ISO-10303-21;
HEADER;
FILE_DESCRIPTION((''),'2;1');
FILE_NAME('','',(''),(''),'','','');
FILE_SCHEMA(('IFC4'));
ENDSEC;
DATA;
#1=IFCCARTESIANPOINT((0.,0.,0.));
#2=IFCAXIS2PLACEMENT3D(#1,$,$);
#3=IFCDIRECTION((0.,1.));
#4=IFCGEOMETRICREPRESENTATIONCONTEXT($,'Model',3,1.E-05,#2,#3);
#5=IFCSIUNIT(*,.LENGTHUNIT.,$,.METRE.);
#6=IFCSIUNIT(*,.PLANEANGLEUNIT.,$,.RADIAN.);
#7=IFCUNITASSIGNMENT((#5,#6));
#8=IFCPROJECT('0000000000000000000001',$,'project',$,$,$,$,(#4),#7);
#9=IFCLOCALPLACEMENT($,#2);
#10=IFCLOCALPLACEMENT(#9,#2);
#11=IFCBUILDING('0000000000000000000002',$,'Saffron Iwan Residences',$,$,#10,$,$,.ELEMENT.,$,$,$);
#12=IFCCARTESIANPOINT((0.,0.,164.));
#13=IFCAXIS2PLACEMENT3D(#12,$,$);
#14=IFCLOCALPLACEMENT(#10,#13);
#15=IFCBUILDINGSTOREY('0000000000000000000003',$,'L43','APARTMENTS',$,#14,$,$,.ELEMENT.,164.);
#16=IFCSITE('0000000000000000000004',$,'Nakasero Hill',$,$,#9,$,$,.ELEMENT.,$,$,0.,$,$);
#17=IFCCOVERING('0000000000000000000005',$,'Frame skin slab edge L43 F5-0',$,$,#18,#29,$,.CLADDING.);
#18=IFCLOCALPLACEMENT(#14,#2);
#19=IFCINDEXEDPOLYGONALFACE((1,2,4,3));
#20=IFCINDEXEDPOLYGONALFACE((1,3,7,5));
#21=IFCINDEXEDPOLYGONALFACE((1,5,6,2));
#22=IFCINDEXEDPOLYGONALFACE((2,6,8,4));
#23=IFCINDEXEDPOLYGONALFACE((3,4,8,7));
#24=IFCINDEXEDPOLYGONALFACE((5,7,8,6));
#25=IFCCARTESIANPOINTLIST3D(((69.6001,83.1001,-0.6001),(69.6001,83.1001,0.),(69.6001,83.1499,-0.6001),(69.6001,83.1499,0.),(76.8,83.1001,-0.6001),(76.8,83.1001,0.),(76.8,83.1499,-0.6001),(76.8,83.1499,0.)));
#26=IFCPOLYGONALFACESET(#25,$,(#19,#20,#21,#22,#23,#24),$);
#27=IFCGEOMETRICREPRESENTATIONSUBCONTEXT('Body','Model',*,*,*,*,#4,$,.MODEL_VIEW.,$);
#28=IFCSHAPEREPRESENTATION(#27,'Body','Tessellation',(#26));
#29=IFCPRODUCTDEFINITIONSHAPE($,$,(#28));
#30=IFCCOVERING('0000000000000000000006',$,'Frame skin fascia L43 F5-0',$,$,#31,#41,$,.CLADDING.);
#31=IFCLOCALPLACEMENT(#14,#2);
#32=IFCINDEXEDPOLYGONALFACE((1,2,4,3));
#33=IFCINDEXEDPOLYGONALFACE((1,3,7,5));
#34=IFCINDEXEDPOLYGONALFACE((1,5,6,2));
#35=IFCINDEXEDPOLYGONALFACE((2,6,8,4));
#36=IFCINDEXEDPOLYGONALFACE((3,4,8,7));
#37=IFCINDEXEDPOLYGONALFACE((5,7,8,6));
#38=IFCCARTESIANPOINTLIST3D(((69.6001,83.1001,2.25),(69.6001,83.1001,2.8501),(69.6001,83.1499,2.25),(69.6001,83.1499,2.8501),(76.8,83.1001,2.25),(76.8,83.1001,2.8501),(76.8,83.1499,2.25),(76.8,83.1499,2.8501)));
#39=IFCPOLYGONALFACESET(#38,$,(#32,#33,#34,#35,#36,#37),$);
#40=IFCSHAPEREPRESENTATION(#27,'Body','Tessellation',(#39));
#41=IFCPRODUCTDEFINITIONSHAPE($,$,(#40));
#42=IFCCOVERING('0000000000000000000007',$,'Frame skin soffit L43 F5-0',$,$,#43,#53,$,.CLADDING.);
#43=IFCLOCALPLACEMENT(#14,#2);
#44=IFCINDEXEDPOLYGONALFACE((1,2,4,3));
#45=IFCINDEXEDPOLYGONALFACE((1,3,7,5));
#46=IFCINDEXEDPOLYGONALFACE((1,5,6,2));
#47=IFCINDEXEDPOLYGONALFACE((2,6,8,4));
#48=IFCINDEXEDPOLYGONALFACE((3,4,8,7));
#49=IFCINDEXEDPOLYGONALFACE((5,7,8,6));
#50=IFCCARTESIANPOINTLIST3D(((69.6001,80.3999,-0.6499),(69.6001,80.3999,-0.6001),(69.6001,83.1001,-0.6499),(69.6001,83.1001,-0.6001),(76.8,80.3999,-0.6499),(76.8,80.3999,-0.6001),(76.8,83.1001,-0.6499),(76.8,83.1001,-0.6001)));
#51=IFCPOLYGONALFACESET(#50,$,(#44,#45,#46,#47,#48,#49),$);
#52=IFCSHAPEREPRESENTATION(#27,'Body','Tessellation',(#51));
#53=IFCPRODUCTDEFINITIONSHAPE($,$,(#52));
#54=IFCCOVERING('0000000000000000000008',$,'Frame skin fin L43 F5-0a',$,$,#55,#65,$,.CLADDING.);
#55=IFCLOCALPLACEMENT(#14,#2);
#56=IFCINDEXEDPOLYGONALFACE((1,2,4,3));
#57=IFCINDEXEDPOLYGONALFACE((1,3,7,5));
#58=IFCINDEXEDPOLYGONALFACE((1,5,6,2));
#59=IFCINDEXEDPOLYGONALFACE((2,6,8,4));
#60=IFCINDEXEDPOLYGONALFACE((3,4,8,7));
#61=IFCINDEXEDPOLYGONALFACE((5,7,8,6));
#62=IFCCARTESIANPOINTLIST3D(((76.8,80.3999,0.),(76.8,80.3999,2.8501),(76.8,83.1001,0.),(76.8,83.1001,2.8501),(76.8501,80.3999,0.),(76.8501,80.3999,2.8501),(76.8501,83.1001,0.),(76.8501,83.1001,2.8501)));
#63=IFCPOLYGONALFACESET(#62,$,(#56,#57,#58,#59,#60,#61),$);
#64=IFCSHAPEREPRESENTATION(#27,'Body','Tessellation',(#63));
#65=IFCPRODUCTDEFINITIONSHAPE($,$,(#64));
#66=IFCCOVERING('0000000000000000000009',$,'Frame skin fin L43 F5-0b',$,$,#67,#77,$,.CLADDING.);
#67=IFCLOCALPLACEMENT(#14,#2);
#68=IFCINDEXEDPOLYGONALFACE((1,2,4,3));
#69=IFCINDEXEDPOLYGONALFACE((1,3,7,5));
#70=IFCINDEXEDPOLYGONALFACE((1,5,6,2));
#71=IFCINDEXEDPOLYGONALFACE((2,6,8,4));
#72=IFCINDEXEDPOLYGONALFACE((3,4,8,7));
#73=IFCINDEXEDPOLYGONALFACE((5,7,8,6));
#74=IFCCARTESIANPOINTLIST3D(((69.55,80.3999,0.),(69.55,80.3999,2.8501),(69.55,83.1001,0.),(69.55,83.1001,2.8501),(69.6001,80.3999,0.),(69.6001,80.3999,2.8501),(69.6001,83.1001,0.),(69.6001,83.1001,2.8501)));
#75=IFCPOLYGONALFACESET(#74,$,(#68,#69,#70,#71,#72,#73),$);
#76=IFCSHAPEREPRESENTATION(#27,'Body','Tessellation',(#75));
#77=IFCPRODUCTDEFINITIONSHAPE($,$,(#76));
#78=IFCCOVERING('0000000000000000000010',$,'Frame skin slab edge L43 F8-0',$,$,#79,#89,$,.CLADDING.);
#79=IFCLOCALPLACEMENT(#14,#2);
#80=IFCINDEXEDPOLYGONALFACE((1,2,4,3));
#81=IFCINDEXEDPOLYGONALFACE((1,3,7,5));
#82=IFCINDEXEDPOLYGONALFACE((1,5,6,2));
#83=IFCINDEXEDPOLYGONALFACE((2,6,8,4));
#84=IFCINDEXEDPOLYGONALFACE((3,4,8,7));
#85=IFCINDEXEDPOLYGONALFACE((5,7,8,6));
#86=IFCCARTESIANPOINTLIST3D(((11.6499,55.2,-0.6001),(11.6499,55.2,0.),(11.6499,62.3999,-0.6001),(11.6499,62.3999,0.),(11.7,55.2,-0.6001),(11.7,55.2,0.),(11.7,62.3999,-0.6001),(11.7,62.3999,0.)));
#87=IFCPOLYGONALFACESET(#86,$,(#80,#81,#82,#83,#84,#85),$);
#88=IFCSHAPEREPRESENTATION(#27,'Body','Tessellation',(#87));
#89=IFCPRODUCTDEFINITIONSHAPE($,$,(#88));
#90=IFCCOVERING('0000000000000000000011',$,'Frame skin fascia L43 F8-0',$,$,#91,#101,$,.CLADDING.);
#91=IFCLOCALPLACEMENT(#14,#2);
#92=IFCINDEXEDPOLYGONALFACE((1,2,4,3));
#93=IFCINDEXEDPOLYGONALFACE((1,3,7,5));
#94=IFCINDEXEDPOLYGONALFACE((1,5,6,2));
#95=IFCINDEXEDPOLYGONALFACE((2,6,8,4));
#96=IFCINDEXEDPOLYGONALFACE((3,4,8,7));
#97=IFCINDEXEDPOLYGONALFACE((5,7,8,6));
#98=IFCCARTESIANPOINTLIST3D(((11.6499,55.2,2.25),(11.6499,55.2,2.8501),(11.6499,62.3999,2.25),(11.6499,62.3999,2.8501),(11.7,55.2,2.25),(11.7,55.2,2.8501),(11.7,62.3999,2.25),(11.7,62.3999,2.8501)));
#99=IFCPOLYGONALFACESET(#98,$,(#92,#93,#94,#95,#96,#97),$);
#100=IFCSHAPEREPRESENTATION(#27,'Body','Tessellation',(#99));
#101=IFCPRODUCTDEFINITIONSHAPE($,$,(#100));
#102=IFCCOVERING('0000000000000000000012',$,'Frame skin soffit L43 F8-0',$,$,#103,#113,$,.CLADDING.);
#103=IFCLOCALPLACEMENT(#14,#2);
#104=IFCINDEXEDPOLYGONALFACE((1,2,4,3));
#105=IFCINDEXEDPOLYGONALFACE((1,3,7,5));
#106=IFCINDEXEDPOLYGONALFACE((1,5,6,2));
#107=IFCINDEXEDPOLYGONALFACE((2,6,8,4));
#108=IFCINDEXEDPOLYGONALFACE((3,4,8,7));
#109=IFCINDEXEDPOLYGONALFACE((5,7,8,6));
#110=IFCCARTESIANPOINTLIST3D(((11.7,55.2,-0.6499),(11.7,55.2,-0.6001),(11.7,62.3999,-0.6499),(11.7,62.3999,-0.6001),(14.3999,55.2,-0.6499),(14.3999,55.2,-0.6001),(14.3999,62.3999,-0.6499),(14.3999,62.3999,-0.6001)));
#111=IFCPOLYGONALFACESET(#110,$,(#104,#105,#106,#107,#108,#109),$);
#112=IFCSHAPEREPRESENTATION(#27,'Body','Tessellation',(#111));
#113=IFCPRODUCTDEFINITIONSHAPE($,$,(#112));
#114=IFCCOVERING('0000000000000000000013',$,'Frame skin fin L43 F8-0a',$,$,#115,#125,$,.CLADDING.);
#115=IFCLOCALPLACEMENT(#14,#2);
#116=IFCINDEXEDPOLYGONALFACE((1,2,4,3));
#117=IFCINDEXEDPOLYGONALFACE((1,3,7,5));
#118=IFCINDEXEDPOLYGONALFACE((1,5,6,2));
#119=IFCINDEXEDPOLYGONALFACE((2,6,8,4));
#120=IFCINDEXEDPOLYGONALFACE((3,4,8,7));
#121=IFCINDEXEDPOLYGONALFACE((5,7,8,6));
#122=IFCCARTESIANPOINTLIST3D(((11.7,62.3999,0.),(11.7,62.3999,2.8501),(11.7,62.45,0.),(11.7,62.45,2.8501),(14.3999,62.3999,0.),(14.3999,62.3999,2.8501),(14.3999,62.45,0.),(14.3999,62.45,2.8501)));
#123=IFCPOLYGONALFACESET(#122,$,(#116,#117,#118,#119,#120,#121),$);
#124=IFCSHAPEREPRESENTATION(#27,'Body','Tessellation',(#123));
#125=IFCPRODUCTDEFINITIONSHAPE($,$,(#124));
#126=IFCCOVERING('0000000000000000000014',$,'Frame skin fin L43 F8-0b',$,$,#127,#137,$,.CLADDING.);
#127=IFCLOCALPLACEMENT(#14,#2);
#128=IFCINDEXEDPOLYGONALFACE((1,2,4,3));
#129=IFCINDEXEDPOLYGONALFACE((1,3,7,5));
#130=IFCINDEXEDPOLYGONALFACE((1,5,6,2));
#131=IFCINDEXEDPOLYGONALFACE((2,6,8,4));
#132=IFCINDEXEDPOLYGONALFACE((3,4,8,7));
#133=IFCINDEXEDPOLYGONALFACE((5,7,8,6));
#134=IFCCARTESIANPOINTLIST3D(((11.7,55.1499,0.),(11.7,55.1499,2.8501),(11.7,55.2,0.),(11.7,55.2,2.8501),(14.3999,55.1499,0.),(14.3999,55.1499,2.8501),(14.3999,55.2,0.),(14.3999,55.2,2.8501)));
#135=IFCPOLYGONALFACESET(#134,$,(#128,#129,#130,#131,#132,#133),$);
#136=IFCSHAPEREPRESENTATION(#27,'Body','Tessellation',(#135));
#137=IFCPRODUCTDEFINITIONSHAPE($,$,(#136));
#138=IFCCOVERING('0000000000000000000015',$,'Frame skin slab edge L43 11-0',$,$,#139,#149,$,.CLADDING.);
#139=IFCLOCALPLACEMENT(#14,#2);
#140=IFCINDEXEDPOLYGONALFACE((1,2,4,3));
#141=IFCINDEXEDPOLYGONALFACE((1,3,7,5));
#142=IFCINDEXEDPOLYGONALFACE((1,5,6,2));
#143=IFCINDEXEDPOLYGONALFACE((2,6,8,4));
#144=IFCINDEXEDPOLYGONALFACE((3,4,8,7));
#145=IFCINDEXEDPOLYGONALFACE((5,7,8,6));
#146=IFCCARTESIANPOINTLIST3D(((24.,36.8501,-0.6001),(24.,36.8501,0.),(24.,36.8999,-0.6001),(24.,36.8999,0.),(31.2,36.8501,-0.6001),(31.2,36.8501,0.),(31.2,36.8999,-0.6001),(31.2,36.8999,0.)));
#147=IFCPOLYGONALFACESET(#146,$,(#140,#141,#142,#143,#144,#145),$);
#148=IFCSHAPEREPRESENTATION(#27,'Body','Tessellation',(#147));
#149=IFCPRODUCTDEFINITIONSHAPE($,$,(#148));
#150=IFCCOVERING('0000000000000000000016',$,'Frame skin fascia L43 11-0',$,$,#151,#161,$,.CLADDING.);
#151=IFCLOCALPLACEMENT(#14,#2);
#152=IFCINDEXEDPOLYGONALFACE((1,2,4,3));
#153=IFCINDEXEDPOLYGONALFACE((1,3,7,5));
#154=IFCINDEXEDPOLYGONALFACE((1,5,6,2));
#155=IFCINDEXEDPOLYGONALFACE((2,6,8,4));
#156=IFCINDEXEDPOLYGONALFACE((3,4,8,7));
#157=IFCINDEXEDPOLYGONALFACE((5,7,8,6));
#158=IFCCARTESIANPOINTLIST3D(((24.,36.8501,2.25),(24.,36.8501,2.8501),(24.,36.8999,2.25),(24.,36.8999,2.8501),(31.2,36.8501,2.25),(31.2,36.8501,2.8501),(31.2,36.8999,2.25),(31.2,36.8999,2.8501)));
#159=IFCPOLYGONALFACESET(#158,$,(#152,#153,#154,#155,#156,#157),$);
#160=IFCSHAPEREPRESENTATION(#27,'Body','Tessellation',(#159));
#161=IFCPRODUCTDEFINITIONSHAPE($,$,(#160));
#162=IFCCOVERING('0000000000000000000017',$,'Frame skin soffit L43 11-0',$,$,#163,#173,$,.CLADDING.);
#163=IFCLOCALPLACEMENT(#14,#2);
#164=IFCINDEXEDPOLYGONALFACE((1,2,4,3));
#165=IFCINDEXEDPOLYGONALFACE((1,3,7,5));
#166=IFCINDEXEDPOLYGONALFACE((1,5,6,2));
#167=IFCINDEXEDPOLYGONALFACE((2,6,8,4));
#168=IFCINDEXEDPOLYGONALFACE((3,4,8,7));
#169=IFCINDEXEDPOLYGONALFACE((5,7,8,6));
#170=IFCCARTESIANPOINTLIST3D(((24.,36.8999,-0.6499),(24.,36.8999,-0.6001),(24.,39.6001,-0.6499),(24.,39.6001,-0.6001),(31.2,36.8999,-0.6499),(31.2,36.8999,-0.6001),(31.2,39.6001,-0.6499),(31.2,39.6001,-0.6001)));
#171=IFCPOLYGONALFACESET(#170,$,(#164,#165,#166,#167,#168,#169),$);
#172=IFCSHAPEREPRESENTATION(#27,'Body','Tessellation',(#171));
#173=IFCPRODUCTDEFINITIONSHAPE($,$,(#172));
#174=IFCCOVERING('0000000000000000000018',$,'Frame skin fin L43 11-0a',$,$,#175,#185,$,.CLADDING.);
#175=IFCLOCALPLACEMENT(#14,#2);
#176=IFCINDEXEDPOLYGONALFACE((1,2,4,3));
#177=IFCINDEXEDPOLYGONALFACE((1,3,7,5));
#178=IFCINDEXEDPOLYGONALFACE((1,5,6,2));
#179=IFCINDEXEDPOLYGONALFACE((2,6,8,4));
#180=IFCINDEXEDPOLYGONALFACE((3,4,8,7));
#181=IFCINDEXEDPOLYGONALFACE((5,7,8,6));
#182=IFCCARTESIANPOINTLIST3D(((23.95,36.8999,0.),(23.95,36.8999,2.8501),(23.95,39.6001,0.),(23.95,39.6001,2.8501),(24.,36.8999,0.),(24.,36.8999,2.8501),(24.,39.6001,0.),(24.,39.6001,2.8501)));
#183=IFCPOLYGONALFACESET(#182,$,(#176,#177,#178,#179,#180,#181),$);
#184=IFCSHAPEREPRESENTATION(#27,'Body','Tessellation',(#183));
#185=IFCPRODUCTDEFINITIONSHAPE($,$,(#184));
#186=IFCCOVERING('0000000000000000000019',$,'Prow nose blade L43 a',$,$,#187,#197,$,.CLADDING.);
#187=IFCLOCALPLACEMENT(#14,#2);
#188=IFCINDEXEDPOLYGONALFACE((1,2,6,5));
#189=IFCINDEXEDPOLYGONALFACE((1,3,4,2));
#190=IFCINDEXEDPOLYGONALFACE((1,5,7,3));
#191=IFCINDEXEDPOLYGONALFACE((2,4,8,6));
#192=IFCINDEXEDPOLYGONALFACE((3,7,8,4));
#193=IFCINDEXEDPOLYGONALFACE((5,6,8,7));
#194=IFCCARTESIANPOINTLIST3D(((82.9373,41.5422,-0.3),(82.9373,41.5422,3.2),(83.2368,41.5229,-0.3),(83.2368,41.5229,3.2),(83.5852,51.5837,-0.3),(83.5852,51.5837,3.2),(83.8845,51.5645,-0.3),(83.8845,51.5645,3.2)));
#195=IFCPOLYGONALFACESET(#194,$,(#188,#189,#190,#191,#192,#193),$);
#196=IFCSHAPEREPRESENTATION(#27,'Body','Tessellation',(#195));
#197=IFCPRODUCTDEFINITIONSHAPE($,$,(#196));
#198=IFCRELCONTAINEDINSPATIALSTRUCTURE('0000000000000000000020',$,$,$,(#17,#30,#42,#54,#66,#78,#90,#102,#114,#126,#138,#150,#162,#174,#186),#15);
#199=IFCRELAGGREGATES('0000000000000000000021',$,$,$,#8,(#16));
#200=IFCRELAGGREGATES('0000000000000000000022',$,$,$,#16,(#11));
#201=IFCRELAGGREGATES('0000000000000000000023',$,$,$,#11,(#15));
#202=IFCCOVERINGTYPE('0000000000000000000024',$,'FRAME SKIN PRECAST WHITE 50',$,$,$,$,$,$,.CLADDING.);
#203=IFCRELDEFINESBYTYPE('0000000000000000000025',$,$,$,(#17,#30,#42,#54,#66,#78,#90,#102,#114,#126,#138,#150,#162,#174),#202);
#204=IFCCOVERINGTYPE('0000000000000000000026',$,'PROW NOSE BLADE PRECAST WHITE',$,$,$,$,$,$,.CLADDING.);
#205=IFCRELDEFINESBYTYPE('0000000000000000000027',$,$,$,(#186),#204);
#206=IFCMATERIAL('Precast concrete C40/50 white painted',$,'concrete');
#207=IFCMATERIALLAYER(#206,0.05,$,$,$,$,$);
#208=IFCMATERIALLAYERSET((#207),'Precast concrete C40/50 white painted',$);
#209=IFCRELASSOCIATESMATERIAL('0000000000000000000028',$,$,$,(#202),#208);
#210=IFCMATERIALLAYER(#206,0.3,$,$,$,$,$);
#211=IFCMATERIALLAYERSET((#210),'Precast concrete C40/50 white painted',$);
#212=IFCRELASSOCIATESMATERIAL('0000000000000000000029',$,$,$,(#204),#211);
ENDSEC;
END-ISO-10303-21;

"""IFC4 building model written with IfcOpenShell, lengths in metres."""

from ifc_helpers import new_model, si_unit, direction, frame, origin, place, context, subcontext, project, spatial, polyline, outline, extrude, material, layer, layer_set, type_object, element, save


model = new_model("IFC4")

# Units and contexts
model_context = context("Model", 3, precision=1e-05, world=origin(), true_north=direction((0.0, 1.0)))
body_context = subcontext(model_context, "Body", "Model", "MODEL_VIEW")
ifc_project = project(units=[si_unit("LENGTHUNIT", "METRE"), si_unit("PLANEANGLEUNIT", "RADIAN")], contexts=[model_context])

# Site, building, storey
site_placement = place(None, origin())
site = spatial("IfcSite", under=ifc_project, at=site_placement, Name="Nakasero Hill", CompositionType="ELEMENT", RefElevation=0.0)
building_placement = place(site_placement, origin())
building = spatial("IfcBuilding", under=site, at=building_placement, Name="Saffron Iwan Residences", CompositionType="ELEMENT")
storey_placement = place(building_placement, frame((0.0, 0.0, 164.0)))
storey = spatial("IfcBuildingStorey", under=building, at=storey_placement, Name="L43", Description="APARTMENTS", CompositionType="ELEMENT", Elevation=164.0)

# Coverings
ifc_material_1 = material(Name="Precast concrete C40/50 white painted", Category="concrete")
ifc_layer_1 = layer(ifc_material_1, 0.05)
ifc_layer_set_1 = layer_set([ifc_layer_1], Name="Precast concrete C40/50 white painted")
covering_type_1 = type_object("IfcCoveringType", Name="FRAME SKIN PRECAST WHITE 50", PredefinedType="CLADDING", material=ifc_layer_set_1)
for number, where, name in (
    (1, (0.0, 0.0, -0.6001), "Frame skin slab edge L43 F5-0"),
    (2, (0.0, 0.0, 2.25), "Frame skin fascia L43 F5-0"),
):
    element("IfcCovering", number, at=place(storey_placement, frame(where)), inside=storey, type_object=covering_type_1, Name=name, PredefinedType="CLADDING", context=body_context, shape_type="SweptSolid", body=[
        extrude(outline(polyline([(76.8, 83.1499), (69.6001, 83.1499), (69.6001, 83.1001), (76.8, 83.1001), (76.8, 83.1499)])), origin(), (0.0, 0.0, 1.0), 0.6001),
    ])
covering_1_placement = place(storey_placement, frame((0.0, 0.0, -0.6499)))
element("IfcCovering", 3, at=covering_1_placement, inside=storey, type_object=covering_type_1, Name="Frame skin soffit L43 F5-0", PredefinedType="CLADDING", context=body_context, shape_type="SweptSolid", body=[
    extrude(outline(polyline([(76.8, 83.1001), (69.6001, 83.1001), (69.6001, 80.3999), (76.8, 80.3999), (76.8, 83.1001)])), origin(), (0.0, 0.0, 1.0), 0.0498),
])
covering_2_placement = place(storey_placement, origin())
element("IfcCovering", 4, at=covering_2_placement, inside=storey, type_object=covering_type_1, Name="Frame skin fin L43 F5-0a", PredefinedType="CLADDING", context=body_context, shape_type="SweptSolid", body=[
    extrude(outline(polyline([(76.8501, 83.1001), (76.8, 83.1001), (76.8, 80.3999), (76.8501, 80.3999), (76.8501, 83.1001)])), origin(), (0.0, 0.0, 1.0), 2.8501),
])
covering_3_placement = place(storey_placement, origin())
element("IfcCovering", 5, at=covering_3_placement, inside=storey, type_object=covering_type_1, Name="Frame skin fin L43 F5-0b", PredefinedType="CLADDING", context=body_context, shape_type="SweptSolid", body=[
    extrude(outline(polyline([(69.6001, 83.1001), (69.55, 83.1001), (69.55, 80.3999), (69.6001, 80.3999), (69.6001, 83.1001)])), origin(), (0.0, 0.0, 1.0), 2.8501),
])
for number, where, name in (
    (6, (0.0, 0.0, -0.6001), "Frame skin slab edge L43 F8-0"),
    (7, (0.0, 0.0, 2.25), "Frame skin fascia L43 F8-0"),
):
    element("IfcCovering", number, at=place(storey_placement, frame(where)), inside=storey, type_object=covering_type_1, Name=name, PredefinedType="CLADDING", context=body_context, shape_type="SweptSolid", body=[
        extrude(outline(polyline([(11.6499, 62.3999), (11.6499, 55.2), (11.7, 55.2), (11.7, 62.3999), (11.6499, 62.3999)])), origin(), (0.0, 0.0, 1.0), 0.6001),
    ])
covering_4_placement = place(storey_placement, frame((0.0, 0.0, -0.6499)))
element("IfcCovering", 8, at=covering_4_placement, inside=storey, type_object=covering_type_1, Name="Frame skin soffit L43 F8-0", PredefinedType="CLADDING", context=body_context, shape_type="SweptSolid", body=[
    extrude(outline(polyline([(11.7, 62.3999), (11.7, 55.2), (14.3999, 55.2), (14.3999, 62.3999), (11.7, 62.3999)])), origin(), (0.0, 0.0, 1.0), 0.0498),
])
covering_5_placement = place(storey_placement, origin())
element("IfcCovering", 9, at=covering_5_placement, inside=storey, type_object=covering_type_1, Name="Frame skin fin L43 F8-0a", PredefinedType="CLADDING", context=body_context, shape_type="SweptSolid", body=[
    extrude(outline(polyline([(11.7, 62.45), (11.7, 62.3999), (14.3999, 62.3999), (14.3999, 62.45), (11.7, 62.45)])), origin(), (0.0, 0.0, 1.0), 2.8501),
])
covering_6_placement = place(storey_placement, origin())
element("IfcCovering", 10, at=covering_6_placement, inside=storey, type_object=covering_type_1, Name="Frame skin fin L43 F8-0b", PredefinedType="CLADDING", context=body_context, shape_type="SweptSolid", body=[
    extrude(outline(polyline([(11.7, 55.2), (11.7, 55.1499), (14.3999, 55.1499), (14.3999, 55.2), (11.7, 55.2)])), origin(), (0.0, 0.0, 1.0), 2.8501),
])
for number, where, name in (
    (11, (0.0, 0.0, -0.6001), "Frame skin slab edge L43 11-0"),
    (12, (0.0, 0.0, 2.25), "Frame skin fascia L43 11-0"),
):
    element("IfcCovering", number, at=place(storey_placement, frame(where)), inside=storey, type_object=covering_type_1, Name=name, PredefinedType="CLADDING", context=body_context, shape_type="SweptSolid", body=[
        extrude(outline(polyline([(24.0, 36.8501), (31.2, 36.8501), (31.2, 36.8999), (24.0, 36.8999), (24.0, 36.8501)])), origin(), (0.0, 0.0, 1.0), 0.6001),
    ])
covering_7_placement = place(storey_placement, frame((0.0, 0.0, -0.6499)))
element("IfcCovering", 13, at=covering_7_placement, inside=storey, type_object=covering_type_1, Name="Frame skin soffit L43 11-0", PredefinedType="CLADDING", context=body_context, shape_type="SweptSolid", body=[
    extrude(outline(polyline([(24.0, 36.8999), (31.2, 36.8999), (31.2, 39.6001), (24.0, 39.6001), (24.0, 36.8999)])), origin(), (0.0, 0.0, 1.0), 0.0498),
])
covering_8_placement = place(storey_placement, origin())
element("IfcCovering", 14, at=covering_8_placement, inside=storey, type_object=covering_type_1, Name="Frame skin fin L43 11-0a", PredefinedType="CLADDING", context=body_context, shape_type="SweptSolid", body=[
    extrude(outline(polyline([(23.95, 36.8999), (24.0, 36.8999), (24.0, 39.6001), (23.95, 39.6001), (23.95, 36.8999)])), origin(), (0.0, 0.0, 1.0), 2.8501),
])
ifc_layer_2 = layer(ifc_material_1, 0.3)
ifc_layer_set_2 = layer_set([ifc_layer_2], Name="Precast concrete C40/50 white painted")
covering_type_2 = type_object("IfcCoveringType", Name="PROW NOSE BLADE PRECAST WHITE", PredefinedType="CLADDING", material=ifc_layer_set_2)
covering_9_placement = place(storey_placement, frame((0.0, 0.0, -0.3)))
element("IfcCovering", 15, at=covering_9_placement, inside=storey, type_object=covering_type_2, Name="Prow nose blade L43 a", PredefinedType="CLADDING", context=body_context, shape_type="SweptSolid", body=[
    extrude(outline(polyline([(83.2368, 41.5229), (83.8845, 51.5645), (83.5852, 51.5837), (82.9373, 41.5422), (83.2368, 41.5229)])), origin(), (0.0, 0.0, 1.0), 3.5),
])

save(model, "model.ifc")
